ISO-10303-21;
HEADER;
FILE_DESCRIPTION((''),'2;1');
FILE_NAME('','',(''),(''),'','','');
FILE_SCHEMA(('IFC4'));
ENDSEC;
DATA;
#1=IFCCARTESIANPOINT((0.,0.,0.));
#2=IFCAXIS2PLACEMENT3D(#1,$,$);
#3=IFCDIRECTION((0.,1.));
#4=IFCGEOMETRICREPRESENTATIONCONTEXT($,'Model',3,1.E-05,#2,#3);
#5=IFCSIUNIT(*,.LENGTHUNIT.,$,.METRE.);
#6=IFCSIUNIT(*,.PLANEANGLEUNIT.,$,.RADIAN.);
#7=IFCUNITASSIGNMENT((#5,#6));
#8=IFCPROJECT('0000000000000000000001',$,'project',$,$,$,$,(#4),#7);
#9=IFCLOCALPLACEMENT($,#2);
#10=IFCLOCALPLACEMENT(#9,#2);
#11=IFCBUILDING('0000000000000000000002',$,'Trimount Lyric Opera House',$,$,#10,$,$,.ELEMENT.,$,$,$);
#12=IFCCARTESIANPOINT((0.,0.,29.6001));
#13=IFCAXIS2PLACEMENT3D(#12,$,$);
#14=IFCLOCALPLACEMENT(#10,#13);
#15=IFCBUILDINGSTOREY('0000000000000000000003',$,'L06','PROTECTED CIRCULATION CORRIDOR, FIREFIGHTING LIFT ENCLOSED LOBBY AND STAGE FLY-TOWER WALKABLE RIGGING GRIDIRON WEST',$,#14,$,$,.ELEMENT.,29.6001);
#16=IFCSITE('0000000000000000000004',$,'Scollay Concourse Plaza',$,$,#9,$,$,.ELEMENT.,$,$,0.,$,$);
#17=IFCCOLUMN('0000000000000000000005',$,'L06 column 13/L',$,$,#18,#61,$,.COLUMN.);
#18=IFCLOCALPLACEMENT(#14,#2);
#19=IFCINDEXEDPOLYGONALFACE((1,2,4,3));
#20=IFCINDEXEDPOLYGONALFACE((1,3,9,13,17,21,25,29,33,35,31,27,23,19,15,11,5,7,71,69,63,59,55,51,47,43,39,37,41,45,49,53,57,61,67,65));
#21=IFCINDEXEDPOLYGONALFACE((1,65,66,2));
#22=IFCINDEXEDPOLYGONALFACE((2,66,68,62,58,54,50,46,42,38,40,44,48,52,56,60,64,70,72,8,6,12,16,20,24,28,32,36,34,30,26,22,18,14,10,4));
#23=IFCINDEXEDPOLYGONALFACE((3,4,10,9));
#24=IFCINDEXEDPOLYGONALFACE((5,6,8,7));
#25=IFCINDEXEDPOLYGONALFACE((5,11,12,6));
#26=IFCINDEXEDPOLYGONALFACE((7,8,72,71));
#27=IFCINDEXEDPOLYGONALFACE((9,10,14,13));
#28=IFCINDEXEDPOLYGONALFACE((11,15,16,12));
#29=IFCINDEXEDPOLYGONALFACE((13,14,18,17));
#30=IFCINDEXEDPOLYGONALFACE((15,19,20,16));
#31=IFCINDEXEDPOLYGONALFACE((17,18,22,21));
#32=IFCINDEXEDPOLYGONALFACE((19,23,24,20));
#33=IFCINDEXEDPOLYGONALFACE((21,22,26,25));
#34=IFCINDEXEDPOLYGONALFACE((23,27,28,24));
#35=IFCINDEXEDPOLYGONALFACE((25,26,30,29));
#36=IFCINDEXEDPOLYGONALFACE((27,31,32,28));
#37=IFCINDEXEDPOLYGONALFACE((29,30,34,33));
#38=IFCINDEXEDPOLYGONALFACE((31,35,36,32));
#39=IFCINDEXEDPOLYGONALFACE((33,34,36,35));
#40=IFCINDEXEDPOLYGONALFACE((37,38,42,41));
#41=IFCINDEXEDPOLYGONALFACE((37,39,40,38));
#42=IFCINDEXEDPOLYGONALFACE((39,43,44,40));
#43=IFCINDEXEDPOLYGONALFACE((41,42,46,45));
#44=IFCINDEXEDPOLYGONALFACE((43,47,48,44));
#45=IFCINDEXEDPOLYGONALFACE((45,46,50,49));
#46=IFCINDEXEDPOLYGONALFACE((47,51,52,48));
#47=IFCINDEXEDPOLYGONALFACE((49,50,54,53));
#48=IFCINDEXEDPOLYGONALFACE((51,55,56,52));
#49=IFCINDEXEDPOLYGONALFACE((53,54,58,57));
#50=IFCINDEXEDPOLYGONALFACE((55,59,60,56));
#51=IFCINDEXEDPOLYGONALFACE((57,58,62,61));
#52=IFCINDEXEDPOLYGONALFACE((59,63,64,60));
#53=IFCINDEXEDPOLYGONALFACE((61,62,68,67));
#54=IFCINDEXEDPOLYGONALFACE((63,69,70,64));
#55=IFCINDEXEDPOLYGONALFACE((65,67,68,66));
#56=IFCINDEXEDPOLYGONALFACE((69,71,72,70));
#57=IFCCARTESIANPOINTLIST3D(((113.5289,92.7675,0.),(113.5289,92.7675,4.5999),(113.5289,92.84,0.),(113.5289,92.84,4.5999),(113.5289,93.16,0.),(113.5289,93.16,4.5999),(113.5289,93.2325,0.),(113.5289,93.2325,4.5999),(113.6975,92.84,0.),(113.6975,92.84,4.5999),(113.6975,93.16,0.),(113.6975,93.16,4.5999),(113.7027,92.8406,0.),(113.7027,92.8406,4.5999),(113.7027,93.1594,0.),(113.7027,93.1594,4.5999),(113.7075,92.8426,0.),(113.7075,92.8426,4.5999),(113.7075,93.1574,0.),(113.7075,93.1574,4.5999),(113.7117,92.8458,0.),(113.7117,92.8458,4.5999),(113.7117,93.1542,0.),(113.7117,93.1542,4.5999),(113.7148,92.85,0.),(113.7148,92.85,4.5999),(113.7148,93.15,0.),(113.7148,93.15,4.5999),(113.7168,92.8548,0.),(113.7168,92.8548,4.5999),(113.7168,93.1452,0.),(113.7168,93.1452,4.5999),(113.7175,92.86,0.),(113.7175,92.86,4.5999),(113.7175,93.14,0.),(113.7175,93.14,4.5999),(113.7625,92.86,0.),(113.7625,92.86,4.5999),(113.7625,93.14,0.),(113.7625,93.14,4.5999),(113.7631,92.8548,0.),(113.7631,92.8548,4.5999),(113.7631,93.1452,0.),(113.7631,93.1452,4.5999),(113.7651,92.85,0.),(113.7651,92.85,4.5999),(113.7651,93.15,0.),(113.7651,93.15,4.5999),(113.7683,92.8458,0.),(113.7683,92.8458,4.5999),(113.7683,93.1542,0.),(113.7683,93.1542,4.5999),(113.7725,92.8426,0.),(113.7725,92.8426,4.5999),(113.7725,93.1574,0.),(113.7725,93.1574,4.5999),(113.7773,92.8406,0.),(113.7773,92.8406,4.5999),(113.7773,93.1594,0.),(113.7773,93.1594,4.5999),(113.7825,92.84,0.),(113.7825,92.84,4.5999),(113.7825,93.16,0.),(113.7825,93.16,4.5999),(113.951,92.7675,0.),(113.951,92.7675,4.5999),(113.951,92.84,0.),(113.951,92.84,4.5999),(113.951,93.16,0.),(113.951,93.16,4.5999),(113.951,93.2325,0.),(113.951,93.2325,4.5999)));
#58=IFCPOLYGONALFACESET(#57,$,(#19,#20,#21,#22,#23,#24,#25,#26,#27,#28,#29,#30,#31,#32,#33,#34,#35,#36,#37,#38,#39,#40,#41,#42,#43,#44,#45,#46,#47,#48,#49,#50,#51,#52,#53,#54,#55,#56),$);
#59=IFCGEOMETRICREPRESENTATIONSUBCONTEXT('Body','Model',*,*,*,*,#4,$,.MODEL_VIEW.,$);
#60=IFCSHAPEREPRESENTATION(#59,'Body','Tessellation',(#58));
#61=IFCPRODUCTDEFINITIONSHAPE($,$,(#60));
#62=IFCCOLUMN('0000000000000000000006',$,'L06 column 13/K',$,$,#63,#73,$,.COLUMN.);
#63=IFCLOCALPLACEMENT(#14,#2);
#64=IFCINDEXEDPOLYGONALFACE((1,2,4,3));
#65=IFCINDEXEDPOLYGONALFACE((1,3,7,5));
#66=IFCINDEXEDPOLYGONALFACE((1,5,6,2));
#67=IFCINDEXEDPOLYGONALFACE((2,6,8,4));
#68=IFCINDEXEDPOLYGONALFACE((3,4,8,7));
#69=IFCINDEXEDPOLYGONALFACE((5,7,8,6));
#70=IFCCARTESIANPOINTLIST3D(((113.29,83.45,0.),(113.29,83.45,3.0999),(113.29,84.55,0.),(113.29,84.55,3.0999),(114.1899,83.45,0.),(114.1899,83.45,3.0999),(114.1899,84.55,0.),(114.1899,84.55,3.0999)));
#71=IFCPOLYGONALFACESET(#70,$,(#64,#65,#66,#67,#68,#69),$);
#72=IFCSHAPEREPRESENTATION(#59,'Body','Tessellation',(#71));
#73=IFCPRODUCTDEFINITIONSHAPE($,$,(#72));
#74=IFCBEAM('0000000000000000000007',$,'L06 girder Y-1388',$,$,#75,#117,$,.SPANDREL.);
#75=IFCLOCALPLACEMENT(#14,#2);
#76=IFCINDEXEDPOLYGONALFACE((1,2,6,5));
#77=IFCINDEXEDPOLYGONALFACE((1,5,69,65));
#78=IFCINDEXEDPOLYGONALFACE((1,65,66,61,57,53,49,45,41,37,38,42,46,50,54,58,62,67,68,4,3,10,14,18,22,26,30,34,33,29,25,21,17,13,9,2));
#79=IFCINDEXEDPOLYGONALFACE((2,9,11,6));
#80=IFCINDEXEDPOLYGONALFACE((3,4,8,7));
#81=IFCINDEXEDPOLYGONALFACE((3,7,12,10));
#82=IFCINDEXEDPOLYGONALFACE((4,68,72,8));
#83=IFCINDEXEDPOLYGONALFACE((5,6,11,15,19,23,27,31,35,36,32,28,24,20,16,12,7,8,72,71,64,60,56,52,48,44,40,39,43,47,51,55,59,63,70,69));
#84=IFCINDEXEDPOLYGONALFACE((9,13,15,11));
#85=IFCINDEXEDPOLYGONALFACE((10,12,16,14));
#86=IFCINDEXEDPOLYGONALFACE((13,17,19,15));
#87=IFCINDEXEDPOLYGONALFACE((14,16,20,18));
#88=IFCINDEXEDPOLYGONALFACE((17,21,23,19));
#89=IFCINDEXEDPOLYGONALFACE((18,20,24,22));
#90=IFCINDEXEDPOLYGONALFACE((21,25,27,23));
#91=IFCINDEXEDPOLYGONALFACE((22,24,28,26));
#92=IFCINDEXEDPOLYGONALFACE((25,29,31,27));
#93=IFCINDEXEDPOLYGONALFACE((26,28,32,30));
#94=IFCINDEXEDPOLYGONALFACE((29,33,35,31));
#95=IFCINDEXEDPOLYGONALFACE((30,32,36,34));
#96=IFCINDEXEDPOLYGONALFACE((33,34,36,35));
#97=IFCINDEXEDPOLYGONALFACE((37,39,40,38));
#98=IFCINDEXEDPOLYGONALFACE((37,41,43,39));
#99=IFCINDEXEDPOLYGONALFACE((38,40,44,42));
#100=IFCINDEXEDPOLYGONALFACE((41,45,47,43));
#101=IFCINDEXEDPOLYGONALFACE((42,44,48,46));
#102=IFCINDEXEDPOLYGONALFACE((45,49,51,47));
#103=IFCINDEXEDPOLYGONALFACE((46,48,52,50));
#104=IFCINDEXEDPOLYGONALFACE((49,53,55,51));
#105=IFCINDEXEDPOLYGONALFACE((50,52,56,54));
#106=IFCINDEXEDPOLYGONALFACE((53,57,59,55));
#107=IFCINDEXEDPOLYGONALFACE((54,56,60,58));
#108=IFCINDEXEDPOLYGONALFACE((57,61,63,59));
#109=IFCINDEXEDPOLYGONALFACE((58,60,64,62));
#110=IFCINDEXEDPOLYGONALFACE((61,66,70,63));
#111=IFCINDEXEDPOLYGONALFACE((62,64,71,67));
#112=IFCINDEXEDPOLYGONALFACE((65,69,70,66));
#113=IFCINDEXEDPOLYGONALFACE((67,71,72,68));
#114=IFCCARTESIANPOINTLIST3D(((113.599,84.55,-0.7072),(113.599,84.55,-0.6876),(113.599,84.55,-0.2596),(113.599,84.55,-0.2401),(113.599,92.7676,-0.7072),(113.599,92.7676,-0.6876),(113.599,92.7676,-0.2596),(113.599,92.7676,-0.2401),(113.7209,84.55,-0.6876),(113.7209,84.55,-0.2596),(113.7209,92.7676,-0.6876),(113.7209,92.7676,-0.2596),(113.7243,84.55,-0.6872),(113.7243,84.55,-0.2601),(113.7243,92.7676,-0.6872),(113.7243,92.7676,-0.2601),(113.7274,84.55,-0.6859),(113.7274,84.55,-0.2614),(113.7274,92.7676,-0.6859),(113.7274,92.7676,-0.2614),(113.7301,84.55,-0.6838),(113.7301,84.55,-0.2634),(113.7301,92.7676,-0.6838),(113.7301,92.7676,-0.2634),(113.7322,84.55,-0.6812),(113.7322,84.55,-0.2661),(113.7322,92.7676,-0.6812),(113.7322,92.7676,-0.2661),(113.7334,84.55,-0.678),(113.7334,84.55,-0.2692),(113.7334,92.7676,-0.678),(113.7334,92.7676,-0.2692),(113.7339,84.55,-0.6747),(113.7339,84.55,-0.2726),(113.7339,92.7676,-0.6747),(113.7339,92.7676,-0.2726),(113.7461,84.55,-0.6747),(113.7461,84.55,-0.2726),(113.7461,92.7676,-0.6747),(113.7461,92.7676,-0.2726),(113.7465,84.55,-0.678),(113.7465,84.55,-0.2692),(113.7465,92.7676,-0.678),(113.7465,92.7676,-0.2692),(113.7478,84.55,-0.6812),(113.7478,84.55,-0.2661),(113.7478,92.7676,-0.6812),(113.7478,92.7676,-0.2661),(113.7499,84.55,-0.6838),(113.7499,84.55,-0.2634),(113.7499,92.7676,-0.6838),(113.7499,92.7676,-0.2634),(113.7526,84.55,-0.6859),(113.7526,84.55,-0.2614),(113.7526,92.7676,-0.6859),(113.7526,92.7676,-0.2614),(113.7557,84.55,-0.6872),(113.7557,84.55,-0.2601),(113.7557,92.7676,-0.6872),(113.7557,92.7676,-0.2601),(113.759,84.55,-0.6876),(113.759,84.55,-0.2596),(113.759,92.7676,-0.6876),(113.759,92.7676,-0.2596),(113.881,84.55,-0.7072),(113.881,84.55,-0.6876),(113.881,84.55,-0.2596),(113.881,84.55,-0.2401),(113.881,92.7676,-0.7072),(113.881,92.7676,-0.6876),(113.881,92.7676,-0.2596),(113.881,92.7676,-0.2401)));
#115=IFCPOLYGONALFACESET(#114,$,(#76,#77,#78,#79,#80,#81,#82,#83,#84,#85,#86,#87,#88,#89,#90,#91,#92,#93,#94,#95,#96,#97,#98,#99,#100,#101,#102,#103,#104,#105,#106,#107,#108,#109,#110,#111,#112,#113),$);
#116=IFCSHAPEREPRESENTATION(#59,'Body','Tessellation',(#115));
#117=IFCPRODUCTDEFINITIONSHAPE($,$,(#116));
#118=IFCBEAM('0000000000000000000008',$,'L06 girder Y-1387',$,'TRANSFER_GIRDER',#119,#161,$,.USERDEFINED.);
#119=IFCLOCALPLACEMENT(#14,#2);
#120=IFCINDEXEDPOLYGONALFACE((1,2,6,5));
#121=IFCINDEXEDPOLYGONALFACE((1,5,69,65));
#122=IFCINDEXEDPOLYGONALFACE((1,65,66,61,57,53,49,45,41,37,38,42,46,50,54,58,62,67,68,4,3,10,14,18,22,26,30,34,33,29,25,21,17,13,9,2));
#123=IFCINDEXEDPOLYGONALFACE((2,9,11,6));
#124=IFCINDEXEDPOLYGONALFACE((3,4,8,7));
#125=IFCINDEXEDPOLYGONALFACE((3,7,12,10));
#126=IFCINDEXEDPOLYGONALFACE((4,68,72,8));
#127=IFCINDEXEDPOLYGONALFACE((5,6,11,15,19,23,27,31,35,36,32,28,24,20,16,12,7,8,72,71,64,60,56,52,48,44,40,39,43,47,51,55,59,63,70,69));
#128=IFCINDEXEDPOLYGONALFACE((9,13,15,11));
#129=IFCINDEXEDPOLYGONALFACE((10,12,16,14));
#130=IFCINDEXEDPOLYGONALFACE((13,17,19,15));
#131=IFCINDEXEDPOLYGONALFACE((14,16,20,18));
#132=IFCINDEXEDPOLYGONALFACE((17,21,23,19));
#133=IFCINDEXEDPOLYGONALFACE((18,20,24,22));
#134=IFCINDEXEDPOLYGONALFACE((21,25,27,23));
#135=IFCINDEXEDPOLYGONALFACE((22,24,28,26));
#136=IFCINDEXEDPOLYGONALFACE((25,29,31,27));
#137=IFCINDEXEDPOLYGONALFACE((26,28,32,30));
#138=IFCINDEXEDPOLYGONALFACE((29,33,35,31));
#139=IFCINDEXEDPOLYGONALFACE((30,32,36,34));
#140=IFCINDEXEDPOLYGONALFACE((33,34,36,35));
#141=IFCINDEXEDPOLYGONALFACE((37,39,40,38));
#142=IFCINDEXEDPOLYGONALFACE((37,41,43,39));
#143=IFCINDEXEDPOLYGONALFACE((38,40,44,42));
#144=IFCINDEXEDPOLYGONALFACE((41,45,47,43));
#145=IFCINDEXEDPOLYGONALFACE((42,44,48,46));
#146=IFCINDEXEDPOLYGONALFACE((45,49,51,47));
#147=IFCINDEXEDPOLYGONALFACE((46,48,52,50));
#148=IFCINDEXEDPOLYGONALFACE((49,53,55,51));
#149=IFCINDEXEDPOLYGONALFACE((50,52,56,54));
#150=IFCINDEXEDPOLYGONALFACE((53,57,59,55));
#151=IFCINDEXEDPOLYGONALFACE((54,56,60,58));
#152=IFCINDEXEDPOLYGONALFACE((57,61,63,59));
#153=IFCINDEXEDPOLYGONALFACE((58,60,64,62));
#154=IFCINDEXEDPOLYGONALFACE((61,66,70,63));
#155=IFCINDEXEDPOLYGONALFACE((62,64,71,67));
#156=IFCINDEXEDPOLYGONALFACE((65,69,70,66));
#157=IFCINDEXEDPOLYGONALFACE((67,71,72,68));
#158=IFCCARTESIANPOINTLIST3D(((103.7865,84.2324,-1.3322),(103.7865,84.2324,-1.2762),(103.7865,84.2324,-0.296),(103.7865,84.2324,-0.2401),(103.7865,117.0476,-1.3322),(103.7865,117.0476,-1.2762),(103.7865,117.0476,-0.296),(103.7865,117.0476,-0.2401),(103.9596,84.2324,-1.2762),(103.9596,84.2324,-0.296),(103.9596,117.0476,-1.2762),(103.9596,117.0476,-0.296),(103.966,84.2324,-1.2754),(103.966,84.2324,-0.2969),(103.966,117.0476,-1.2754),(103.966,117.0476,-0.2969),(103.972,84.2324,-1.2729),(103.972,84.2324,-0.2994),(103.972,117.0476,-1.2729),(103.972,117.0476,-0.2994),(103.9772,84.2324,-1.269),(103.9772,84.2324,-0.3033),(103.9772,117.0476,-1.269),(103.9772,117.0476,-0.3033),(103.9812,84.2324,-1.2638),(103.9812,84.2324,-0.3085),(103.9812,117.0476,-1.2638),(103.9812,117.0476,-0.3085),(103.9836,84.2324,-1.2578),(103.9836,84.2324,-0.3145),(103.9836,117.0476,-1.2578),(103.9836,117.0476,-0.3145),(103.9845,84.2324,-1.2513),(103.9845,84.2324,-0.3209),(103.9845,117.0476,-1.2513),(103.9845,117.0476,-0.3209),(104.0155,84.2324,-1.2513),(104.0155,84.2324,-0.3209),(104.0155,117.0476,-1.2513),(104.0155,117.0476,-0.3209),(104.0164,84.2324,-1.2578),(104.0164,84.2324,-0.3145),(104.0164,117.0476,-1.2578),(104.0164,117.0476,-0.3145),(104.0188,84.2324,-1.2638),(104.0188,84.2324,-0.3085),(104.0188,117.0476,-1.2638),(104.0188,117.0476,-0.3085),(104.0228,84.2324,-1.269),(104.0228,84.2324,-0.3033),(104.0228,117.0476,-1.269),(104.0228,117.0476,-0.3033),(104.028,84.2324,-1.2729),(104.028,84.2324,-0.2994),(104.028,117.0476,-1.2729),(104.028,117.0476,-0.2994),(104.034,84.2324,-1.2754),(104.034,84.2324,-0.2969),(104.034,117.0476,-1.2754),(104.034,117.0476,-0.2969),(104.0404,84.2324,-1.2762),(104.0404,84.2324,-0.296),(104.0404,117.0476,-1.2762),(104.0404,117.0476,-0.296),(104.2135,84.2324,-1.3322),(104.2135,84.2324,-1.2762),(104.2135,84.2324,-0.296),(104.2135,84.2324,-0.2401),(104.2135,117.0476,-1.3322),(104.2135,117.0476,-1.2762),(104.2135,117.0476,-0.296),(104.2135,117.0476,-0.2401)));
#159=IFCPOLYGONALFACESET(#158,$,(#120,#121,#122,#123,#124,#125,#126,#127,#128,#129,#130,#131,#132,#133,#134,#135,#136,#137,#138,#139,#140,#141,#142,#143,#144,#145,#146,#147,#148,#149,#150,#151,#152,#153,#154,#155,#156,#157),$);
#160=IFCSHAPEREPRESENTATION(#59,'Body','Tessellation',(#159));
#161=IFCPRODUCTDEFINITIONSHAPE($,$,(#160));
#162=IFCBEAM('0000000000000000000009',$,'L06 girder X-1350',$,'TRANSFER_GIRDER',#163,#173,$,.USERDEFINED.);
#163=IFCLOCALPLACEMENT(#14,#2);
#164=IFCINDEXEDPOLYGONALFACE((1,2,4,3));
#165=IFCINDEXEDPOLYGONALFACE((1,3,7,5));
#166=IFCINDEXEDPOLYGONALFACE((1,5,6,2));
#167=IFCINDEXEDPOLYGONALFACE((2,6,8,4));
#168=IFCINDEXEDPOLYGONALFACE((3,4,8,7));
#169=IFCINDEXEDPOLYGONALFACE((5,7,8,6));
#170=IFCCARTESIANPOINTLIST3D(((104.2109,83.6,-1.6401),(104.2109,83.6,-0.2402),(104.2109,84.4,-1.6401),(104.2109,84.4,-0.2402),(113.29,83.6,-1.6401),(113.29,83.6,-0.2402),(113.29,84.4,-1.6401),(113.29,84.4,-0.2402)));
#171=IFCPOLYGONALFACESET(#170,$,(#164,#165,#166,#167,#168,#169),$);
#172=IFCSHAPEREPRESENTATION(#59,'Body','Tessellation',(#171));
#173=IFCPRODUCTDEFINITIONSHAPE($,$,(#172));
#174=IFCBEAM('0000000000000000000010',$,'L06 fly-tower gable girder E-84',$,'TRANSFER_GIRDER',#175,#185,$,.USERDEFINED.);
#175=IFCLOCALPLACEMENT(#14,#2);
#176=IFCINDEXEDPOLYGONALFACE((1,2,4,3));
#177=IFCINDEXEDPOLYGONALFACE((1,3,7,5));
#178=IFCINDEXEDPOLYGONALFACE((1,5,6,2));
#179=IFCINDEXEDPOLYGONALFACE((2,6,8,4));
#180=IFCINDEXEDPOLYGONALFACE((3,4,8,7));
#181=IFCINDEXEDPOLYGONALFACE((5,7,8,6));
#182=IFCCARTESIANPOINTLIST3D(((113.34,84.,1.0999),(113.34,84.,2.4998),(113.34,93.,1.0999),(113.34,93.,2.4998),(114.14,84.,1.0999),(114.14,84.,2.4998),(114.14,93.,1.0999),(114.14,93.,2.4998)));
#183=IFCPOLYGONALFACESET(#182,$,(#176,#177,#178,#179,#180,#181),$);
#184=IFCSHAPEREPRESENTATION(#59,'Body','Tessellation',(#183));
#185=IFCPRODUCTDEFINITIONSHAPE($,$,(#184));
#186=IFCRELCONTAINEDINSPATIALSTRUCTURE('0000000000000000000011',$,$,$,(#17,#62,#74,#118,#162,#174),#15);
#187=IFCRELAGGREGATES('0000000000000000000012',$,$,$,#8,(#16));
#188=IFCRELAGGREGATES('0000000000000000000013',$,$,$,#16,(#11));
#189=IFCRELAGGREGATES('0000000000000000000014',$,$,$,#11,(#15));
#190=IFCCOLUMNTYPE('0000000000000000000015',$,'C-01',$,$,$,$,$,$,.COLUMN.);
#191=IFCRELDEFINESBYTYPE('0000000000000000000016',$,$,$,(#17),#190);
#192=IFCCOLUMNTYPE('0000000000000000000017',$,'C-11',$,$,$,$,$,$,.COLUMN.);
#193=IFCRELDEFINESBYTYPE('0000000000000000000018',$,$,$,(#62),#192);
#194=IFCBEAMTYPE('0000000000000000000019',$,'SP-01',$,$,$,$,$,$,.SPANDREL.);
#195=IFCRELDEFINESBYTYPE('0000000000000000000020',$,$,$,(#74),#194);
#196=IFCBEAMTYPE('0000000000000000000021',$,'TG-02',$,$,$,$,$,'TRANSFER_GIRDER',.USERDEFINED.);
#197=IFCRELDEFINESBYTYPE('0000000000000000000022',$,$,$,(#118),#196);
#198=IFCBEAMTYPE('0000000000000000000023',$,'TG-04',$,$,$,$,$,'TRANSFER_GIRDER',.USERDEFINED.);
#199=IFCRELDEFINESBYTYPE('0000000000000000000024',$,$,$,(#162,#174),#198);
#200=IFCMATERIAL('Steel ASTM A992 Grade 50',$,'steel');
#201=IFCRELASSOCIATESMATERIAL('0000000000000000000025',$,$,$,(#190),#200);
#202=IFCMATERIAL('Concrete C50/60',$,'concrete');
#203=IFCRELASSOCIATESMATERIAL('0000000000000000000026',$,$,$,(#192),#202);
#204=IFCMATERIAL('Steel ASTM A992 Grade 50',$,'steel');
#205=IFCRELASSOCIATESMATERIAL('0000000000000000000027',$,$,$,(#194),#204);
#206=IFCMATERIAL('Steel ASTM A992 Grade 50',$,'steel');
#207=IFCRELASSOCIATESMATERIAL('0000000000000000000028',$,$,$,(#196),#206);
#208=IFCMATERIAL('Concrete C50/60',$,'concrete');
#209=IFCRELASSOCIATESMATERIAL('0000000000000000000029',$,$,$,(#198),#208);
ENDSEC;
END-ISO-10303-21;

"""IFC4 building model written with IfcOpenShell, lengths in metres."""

from ifc_helpers import new_model, si_unit, direction, frame, origin, origin_2d, place, context, subcontext, project, spatial, rectangle, i_section, extrude, material, material_profile, profile_set, type_object, element, save


model = new_model("IFC4")

# Units and contexts
model_context = context("Model", 3, precision=1e-05, world=origin(), true_north=direction((0.0, 1.0)))
body_context = subcontext(model_context, "Body", "Model", "MODEL_VIEW")
ifc_project = project(units=[si_unit("LENGTHUNIT", "METRE"), si_unit("PLANEANGLEUNIT", "RADIAN")], contexts=[model_context])

# Site, building, storey
site_placement = place(None, origin())
site = spatial("IfcSite", under=ifc_project, at=site_placement, Name="Scollay Concourse Plaza", CompositionType="ELEMENT", RefElevation=0.0)
building_placement = place(site_placement, origin())
building = spatial("IfcBuilding", under=site, at=building_placement, Name="Trimount Lyric Opera House", CompositionType="ELEMENT")
storey_placement = place(building_placement, frame((0.0, 0.0, 29.6001)))
storey = spatial("IfcBuildingStorey", under=building, at=storey_placement, Name="L06", Description="PROTECTED CIRCULATION CORRIDOR, FIREFIGHTING LIFT ENCLOSED LOBBY AND STAGE FLY-TOWER WALKABLE RIGGING GRIDIRON WEST", CompositionType="ELEMENT", Elevation=29.6001)

# Columns
ifc_material_1 = material(Name="Steel ASTM A992 Grade 50", Category="steel")
ifc_material_profile_1 = material_profile(ifc_material_1, i_section(OverallWidth=0.4221, OverallDepth=0.4651, WebThickness=0.0449, FlangeThickness=0.0725, FilletRadius=0.02, at=origin_2d()), Name="W14X398")
ifc_profile_set_1 = profile_set([ifc_material_profile_1], Name="Steel ASTM A992 Grade 50")
column_type_1 = type_object("IfcColumnType", Name="C-01", PredefinedType="COLUMN", material=ifc_profile_set_1)
column_1_placement = place(storey_placement, frame((113.74, 93.0, 0.0), z_axis=(0.0, 0.0, 1.0), x_axis=(1.0, 0.0, 0.0)))
element("IfcColumn", 1, at=column_1_placement, inside=storey, type_object=column_type_1, Name="L06 column 13/L", PredefinedType="COLUMN", context=body_context, shape_type="SweptSolid", body=[
    extrude(i_section(OverallWidth=0.4221, OverallDepth=0.4651, WebThickness=0.0449, FlangeThickness=0.0725, FilletRadius=0.02, at=origin_2d()), origin(), (0.0, 0.0, 1.0), 4.5999),
])
ifc_material_2 = material(Name="Concrete C50/60", Category="concrete")
ifc_material_profile_2 = material_profile(ifc_material_2, rectangle(XDim=0.8999, YDim=1.1001, at=origin_2d()), Name="RC1100X900")
ifc_profile_set_2 = profile_set([ifc_material_profile_2], Name="Concrete C50/60")
column_type_2 = type_object("IfcColumnType", Name="C-11", PredefinedType="COLUMN", material=ifc_profile_set_2)
column_2_placement = place(storey_placement, frame((113.74, 84.0, 0.0), z_axis=(0.0, 0.0, 1.0), x_axis=(1.0, 0.0, 0.0)))
element("IfcColumn", 2, at=column_2_placement, inside=storey, type_object=column_type_2, Name="L06 column 13/K", PredefinedType="COLUMN", context=body_context, shape_type="SweptSolid", body=[
    extrude(rectangle(XDim=0.8999, YDim=1.1001, at=origin_2d()), origin(), (0.0, 0.0, 1.0), 3.0999),
])

# Beams
ifc_material_3 = material(Name="Steel ASTM A992 Grade 50", Category="steel")
ifc_material_profile_3 = material_profile(ifc_material_3, i_section(OverallWidth=0.282, OverallDepth=0.467, WebThickness=0.0122, FlangeThickness=0.0195, FilletRadius=0.0129, at=origin_2d()), Name="W18X86")
ifc_profile_set_3 = profile_set([ifc_material_profile_3], Name="Steel ASTM A992 Grade 50")
beam_type_1 = type_object("IfcBeamType", Name="SP-01", PredefinedType="SPANDREL", material=ifc_profile_set_3)
beam_1_placement = place(storey_placement, frame((113.74, 84.55, -0.4736), z_axis=(0.0, 1.0, 0.0), x_axis=(-1.0, 0.0, 0.0)))
element("IfcBeam", 3, at=beam_1_placement, inside=storey, type_object=beam_type_1, Name="L06 girder Y-1388", PredefinedType="SPANDREL", context=body_context, shape_type="SweptSolid", body=[
    extrude(i_section(OverallWidth=0.282, OverallDepth=0.467, WebThickness=0.0122, FlangeThickness=0.0195, FilletRadius=0.0129, at=origin_2d()), origin(), (0.0, 0.0, 1.0), 8.2175),
])
ifc_material_4 = material(Name="Steel ASTM A992 Grade 50", Category="steel")
ifc_material_profile_4 = material_profile(ifc_material_4, i_section(OverallWidth=0.427, OverallDepth=1.092, WebThickness=0.031, FlangeThickness=0.0559, FilletRadius=0.0249, at=origin_2d()), Name="W40X397")
ifc_profile_set_4 = profile_set([ifc_material_profile_4], Name="Steel ASTM A992 Grade 50")
beam_type_2 = type_object("IfcBeamType", Name="TG-02", ElementType="TRANSFER_GIRDER", PredefinedType="USERDEFINED", material=ifc_profile_set_4)
beam_2_placement = place(storey_placement, frame((104.0, 84.2324, -0.7861), z_axis=(0.0, 1.0, 0.0), x_axis=(-1.0, 0.0, 0.0)))
element("IfcBeam", 4, at=beam_2_placement, inside=storey, type_object=beam_type_2, Name="L06 girder Y-1387", ObjectType="TRANSFER_GIRDER", PredefinedType="USERDEFINED", context=body_context, shape_type="SweptSolid", body=[
    extrude(i_section(OverallWidth=0.427, OverallDepth=1.092, WebThickness=0.031, FlangeThickness=0.0559, FilletRadius=0.0249, at=origin_2d()), origin(), (0.0, 0.0, 1.0), 32.8152),
])
ifc_material_5 = material(Name="Concrete C50/60", Category="concrete")
ifc_material_profile_5 = material_profile(ifc_material_5, rectangle(XDim=0.8, YDim=1.3999, at=origin_2d()), Name="RC800X1400")
ifc_profile_set_5 = profile_set([ifc_material_profile_5], Name="Concrete C50/60")
beam_type_3 = type_object("IfcBeamType", Name="TG-04", ElementType="TRANSFER_GIRDER", PredefinedType="USERDEFINED", material=ifc_profile_set_5)
beam_3_placement = place(storey_placement, frame((104.2109, 84.0, -0.9402), z_axis=(1.0, 0.0, 0.0), x_axis=(0.0, 1.0, 0.0)))
element("IfcBeam", 5, at=beam_3_placement, inside=storey, type_object=beam_type_3, Name="L06 girder X-1350", ObjectType="TRANSFER_GIRDER", PredefinedType="USERDEFINED", context=body_context, shape_type="SweptSolid", body=[
    extrude(rectangle(XDim=0.8, YDim=1.3999, at=origin_2d()), origin(), (0.0, 0.0, 1.0), 9.0791),
])
for number, where, z_axis, x_axis, name in (
    (6, (113.74, 84.0, 1.7998), (0.0, 1.0, 0.0), (-1.0, 0.0, 0.0), "L06 fly-tower gable girder E-84"),
):
    element("IfcBeam", number, at=place(storey_placement, frame(where, z_axis=z_axis, x_axis=x_axis)), inside=storey, type_object=beam_type_3, Name=name, ObjectType="TRANSFER_GIRDER", PredefinedType="USERDEFINED", context=body_context, shape_type="SweptSolid", body=[
        extrude(rectangle(XDim=0.8, YDim=1.3999, at=origin_2d()), origin(), (0.0, 0.0, 1.0), 9.0),
    ])

save(model, "model.ifc")
